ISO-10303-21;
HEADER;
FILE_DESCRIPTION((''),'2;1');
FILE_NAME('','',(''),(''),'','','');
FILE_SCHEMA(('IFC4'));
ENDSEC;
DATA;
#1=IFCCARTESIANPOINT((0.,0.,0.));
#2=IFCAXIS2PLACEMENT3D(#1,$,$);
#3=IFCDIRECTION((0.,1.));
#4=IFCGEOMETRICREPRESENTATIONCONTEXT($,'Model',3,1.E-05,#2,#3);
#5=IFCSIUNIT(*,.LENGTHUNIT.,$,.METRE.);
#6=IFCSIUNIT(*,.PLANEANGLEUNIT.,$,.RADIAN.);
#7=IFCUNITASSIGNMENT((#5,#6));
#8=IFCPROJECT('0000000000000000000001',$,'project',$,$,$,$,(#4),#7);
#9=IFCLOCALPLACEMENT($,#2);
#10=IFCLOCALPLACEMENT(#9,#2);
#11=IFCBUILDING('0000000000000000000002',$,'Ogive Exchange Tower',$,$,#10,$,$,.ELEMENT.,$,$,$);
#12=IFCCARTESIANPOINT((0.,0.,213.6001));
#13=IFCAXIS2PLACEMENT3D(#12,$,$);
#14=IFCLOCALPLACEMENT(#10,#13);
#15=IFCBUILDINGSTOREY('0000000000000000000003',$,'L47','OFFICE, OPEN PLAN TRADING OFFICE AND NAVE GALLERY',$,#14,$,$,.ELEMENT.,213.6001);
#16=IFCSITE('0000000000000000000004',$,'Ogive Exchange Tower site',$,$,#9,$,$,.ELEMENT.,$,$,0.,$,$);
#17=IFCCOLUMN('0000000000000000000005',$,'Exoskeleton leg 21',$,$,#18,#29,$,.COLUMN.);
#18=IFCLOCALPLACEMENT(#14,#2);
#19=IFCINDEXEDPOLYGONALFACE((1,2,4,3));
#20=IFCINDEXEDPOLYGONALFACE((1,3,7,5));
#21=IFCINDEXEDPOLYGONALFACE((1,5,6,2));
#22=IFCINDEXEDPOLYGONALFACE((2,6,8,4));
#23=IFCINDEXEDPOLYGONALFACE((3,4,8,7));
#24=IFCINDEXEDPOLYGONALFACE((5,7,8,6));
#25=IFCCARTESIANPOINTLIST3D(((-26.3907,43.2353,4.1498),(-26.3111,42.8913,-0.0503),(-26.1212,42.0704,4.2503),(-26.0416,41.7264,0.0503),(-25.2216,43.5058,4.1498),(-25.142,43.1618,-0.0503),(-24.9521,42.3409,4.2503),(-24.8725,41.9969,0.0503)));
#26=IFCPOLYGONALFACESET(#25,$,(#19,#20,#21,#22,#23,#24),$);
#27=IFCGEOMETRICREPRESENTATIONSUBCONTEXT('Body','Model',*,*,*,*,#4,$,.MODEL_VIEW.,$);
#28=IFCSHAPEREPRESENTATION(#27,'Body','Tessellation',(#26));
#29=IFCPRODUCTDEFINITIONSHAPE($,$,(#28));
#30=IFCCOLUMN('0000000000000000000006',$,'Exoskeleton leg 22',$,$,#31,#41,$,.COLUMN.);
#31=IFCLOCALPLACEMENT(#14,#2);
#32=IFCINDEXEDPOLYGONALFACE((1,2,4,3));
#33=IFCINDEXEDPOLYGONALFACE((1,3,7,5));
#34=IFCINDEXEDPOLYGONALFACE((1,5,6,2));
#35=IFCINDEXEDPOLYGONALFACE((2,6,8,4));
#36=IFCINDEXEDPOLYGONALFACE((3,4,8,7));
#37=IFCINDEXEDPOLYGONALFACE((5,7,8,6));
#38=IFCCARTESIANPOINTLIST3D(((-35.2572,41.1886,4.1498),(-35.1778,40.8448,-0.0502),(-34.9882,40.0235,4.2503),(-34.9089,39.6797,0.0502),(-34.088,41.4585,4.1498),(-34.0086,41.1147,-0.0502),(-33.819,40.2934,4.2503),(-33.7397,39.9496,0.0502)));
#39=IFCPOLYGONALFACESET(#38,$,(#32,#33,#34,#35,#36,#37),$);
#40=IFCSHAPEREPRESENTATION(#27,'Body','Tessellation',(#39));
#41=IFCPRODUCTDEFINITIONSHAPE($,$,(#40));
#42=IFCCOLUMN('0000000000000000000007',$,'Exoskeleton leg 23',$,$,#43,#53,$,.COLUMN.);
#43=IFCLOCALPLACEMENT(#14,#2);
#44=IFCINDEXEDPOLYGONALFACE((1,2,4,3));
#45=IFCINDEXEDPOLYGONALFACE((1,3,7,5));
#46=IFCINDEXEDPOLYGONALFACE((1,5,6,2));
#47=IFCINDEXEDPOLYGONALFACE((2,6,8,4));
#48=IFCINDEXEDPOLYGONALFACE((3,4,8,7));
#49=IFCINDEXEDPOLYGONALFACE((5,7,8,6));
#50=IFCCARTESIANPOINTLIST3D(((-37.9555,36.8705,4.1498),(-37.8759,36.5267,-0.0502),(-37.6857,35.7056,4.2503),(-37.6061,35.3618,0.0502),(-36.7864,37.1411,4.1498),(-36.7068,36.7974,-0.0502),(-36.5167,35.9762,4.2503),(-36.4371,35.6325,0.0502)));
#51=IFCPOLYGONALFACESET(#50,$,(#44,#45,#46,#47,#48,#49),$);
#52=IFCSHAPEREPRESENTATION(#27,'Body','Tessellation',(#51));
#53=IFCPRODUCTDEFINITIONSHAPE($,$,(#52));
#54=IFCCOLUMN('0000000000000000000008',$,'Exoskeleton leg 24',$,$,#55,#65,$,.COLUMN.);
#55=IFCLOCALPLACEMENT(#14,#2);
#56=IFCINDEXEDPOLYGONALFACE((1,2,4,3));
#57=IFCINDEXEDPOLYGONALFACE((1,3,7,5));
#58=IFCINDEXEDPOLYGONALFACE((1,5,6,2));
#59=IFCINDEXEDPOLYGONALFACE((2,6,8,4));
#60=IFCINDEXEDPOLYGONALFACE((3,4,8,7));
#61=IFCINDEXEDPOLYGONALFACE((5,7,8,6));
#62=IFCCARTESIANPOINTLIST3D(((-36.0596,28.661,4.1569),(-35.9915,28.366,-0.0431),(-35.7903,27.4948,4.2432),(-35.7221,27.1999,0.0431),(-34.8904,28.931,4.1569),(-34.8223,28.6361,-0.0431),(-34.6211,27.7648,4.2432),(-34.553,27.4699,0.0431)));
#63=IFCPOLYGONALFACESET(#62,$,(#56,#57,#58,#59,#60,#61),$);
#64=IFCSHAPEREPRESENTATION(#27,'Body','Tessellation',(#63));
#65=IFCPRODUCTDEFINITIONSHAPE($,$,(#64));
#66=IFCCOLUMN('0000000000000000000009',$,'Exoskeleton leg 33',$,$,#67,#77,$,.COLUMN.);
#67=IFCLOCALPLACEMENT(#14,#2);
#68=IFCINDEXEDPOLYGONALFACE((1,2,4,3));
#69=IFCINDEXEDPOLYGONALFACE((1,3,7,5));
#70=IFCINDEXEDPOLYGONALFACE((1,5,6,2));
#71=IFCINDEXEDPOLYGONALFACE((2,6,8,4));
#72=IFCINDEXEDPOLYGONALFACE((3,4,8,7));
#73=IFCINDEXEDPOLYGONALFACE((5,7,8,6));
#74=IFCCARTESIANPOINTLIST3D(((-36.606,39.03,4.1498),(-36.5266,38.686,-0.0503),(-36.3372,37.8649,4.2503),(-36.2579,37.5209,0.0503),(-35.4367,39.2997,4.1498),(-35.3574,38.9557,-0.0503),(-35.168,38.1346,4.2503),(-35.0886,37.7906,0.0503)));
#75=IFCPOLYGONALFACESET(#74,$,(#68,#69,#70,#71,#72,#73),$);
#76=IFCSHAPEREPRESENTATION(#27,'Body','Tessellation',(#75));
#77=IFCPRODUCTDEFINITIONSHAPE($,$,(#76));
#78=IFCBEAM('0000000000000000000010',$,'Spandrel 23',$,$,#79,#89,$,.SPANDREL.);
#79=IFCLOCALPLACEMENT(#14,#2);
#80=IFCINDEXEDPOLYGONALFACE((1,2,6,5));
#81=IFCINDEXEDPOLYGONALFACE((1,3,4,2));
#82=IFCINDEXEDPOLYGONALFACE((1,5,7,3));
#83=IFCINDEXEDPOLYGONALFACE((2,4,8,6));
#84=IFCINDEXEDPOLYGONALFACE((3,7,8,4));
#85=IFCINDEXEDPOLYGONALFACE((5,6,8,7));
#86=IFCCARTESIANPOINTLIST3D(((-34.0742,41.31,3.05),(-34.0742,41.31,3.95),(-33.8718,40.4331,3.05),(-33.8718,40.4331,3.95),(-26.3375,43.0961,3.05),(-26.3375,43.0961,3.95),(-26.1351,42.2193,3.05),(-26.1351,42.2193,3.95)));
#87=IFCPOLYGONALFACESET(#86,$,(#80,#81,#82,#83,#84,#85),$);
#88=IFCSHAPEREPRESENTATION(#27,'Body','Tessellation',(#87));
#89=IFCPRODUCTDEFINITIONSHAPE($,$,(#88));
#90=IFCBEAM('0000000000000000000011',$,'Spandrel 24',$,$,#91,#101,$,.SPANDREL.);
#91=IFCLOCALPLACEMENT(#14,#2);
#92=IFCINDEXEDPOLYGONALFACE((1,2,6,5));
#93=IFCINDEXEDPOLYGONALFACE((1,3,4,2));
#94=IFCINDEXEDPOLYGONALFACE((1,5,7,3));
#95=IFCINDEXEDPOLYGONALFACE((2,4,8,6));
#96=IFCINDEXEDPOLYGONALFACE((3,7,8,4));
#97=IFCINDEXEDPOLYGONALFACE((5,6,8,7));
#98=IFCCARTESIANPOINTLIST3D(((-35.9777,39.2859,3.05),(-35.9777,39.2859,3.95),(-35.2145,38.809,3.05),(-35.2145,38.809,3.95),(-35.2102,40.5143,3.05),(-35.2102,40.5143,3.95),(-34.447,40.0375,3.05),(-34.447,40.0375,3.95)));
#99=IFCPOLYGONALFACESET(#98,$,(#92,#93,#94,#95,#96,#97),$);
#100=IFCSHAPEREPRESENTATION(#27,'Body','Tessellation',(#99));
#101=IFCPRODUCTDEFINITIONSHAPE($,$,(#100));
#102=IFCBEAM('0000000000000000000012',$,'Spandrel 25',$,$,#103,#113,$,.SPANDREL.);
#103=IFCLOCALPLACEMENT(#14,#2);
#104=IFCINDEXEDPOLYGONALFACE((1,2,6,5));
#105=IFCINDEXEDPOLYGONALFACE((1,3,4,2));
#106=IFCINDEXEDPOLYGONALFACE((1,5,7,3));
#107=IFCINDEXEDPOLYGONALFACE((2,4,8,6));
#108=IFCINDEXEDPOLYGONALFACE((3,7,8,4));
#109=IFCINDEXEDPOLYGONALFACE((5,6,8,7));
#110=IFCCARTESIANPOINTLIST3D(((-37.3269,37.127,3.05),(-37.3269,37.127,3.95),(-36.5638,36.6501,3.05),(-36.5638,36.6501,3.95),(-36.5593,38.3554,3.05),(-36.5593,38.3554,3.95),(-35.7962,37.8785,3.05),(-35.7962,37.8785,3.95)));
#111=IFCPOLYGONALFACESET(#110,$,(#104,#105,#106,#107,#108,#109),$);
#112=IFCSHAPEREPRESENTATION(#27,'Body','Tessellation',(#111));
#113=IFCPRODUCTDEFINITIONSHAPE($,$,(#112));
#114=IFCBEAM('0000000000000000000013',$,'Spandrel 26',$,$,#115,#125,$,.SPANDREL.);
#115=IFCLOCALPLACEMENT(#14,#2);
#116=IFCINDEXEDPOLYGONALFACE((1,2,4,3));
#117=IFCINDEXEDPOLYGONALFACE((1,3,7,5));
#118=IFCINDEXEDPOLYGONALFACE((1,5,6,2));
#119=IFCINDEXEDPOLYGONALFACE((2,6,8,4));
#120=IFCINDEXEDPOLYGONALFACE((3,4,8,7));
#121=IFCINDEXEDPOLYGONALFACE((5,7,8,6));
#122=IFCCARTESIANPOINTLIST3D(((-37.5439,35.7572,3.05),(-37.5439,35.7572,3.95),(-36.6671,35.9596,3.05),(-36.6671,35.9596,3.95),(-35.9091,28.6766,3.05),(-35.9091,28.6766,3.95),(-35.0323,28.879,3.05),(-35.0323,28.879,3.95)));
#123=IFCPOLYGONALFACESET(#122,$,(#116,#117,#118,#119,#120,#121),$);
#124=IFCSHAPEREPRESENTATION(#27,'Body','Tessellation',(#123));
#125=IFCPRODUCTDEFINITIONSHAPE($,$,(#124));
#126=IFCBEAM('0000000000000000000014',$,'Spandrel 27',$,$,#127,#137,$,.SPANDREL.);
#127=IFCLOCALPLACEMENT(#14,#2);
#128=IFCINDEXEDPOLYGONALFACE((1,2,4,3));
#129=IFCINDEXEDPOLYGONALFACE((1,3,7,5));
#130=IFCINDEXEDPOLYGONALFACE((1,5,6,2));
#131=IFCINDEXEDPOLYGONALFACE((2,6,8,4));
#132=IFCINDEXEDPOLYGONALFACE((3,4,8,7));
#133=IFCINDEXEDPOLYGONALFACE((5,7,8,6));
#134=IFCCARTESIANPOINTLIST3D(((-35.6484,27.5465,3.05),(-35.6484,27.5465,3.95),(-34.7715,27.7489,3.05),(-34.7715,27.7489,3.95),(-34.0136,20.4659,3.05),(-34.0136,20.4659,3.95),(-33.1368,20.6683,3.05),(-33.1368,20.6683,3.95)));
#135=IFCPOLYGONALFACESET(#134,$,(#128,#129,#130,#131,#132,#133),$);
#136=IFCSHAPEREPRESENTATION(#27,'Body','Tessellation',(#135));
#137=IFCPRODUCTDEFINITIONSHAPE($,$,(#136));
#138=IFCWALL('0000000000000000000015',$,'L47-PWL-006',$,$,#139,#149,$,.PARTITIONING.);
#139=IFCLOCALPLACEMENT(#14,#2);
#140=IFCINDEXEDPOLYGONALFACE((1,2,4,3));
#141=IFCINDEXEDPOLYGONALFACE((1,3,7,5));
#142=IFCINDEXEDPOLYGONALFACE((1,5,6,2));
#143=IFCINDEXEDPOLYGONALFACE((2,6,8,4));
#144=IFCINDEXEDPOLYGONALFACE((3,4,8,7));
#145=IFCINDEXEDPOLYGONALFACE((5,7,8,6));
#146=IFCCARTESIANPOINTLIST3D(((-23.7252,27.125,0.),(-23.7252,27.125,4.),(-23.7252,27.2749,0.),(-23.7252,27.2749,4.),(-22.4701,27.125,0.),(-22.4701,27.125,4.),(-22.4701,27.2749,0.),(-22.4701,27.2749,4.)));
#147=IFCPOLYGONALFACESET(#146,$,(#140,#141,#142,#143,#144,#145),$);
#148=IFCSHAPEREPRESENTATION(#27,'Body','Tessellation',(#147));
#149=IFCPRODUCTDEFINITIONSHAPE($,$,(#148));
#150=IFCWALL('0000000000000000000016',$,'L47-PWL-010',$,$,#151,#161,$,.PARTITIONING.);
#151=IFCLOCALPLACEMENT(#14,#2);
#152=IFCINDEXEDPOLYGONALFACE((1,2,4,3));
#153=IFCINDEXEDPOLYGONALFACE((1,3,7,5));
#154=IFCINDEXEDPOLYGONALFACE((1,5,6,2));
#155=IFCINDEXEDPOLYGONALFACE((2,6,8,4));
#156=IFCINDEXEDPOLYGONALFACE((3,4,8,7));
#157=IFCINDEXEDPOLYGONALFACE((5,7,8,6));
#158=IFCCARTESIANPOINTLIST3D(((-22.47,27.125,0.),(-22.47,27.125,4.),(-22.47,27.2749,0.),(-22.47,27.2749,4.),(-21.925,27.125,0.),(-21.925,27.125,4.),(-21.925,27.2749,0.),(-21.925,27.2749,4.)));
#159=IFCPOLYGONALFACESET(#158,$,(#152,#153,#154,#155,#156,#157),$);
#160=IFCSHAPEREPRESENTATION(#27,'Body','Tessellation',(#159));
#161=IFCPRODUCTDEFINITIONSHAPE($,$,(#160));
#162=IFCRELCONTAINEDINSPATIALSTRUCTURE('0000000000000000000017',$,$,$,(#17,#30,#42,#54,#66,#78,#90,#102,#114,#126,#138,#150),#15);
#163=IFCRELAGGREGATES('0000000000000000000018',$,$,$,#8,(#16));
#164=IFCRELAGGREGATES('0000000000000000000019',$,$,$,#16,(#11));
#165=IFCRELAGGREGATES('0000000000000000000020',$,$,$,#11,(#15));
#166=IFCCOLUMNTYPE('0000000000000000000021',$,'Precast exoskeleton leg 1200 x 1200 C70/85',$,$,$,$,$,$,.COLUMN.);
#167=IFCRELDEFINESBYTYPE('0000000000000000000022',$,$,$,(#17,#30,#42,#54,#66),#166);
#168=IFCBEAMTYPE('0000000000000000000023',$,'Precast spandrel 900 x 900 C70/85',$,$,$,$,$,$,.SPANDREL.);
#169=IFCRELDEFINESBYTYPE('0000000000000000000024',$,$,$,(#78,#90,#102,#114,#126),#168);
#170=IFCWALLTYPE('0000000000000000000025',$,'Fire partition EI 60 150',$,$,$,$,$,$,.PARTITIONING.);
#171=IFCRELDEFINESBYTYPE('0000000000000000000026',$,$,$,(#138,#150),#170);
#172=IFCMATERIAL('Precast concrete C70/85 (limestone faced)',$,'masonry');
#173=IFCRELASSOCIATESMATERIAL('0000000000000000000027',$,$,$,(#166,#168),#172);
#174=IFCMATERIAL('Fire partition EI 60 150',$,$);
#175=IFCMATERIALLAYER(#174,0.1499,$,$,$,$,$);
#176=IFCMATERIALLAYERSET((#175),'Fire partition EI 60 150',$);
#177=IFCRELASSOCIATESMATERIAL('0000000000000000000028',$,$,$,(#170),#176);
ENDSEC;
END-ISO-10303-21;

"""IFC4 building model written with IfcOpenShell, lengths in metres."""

from ifc_helpers import new_model, si_unit, direction, frame, frame_2d, origin, origin_2d, place, context, subcontext, project, spatial, rectangle, extrude, material, layer, layer_set, material_profile, profile_set, type_object, element, save


model = new_model("IFC4")

# Units and contexts
model_context = context("Model", 3, precision=1e-05, world=origin(), true_north=direction((0.0, 1.0)))
body_context = subcontext(model_context, "Body", "Model", "MODEL_VIEW")
ifc_project = project(units=[si_unit("LENGTHUNIT", "METRE"), si_unit("PLANEANGLEUNIT", "RADIAN")], contexts=[model_context])

# Site, building, storey
site_placement = place(None, origin())
site = spatial("IfcSite", under=ifc_project, at=site_placement, Name="Ogive Exchange Tower site", CompositionType="ELEMENT", RefElevation=0.0)
building_placement = place(site_placement, origin())
building = spatial("IfcBuilding", under=site, at=building_placement, Name="Ogive Exchange Tower", CompositionType="ELEMENT")
storey_placement = place(building_placement, frame((0.0, 0.0, 213.6001)))
storey = spatial("IfcBuildingStorey", under=building, at=storey_placement, Name="L47", Description="OFFICE, OPEN PLAN TRADING OFFICE AND NAVE GALLERY", CompositionType="ELEMENT", Elevation=213.6001)

# Columns
ifc_material_1 = material(Name="Precast concrete C70/85 (limestone faced)", Category="masonry")
ifc_material_profile_1 = material_profile(ifc_material_1, rectangle(XDim=1.2, YDim=1.2, at=origin_2d()), Name="1200 x 1200")
ifc_profile_set_1 = profile_set([ifc_material_profile_1], Name="Precast concrete C70/85 (limestone faced)")
column_type = type_object("IfcColumnType", Name="Precast exoskeleton leg 1200 x 1200 C70/85", PredefinedType="COLUMN", material=ifc_profile_set_1)
for number, where, z_axis, x_axis, name in (
    (1, (-25.5918, 42.4441, 0.0), (-0.018884, 0.081616, 0.996485), (-0.974263, -0.225415, 0.0), "Exoskeleton leg 21"),
    (2, (-34.4587, 40.3972, 0.0), (-0.018826, 0.081559, 0.996491), (-0.97438, -0.22491, 0.0), "Exoskeleton leg 22"),
    (3, (-37.1565, 36.0796, 0.0), (-0.018884, 0.081559, 0.99649), (-0.974228, -0.225567, 0.0), "Exoskeleton leg 23"),
):
    element("IfcColumn", number, at=place(storey_placement, frame(where, z_axis=z_axis, x_axis=x_axis)), inside=storey, type_object=column_type, Name=name, PredefinedType="COLUMN", context=body_context, shape_type="SweptSolid", body=[
        extrude(rectangle(XDim=1.2, YDim=1.2, at=origin_2d()), origin(), (0.0, 0.0, 1.0), 4.2148),
    ])
column_1_placement = place(storey_placement, frame((-35.2722, 27.918, 0.0), z_axis=(-0.016176, 0.070039, 0.997413), x_axis=(-0.97435, -0.225036, 0.0)))
element("IfcColumn", 4, at=column_1_placement, inside=storey, type_object=column_type, Name="Exoskeleton leg 24", PredefinedType="COLUMN", context=body_context, shape_type="SweptSolid", body=[
    extrude(rectangle(XDim=1.2, YDim=1.2, at=origin_2d()), origin(), (0.0, 0.0, 1.0), 4.2109),
])
column_2_placement = place(storey_placement, frame((-35.8076, 38.2383, 0.0), z_axis=(-0.018826, 0.081617, 0.996486), x_axis=(-0.974415, -0.224758, 0.0)))
element("IfcColumn", 5, at=column_2_placement, inside=storey, type_object=column_type, Name="Exoskeleton leg 33", PredefinedType="COLUMN", context=body_context, shape_type="SweptSolid", body=[
    extrude(rectangle(XDim=1.2, YDim=1.2, at=origin_2d()), origin(), (0.0, 0.0, 1.0), 4.2148),
])

# Beams
ifc_material_profile_2 = material_profile(ifc_material_1, rectangle(XDim=0.8999, YDim=0.8999, at=origin_2d()), Name="900 x 900")
ifc_profile_set_2 = profile_set([ifc_material_profile_2], Name="Precast concrete C70/85 (limestone faced)")
beam_type = type_object("IfcBeamType", Name="Precast spandrel 900 x 900 C70/85", PredefinedType="SPANDREL", material=ifc_profile_set_2)
beam_placement = place(storey_placement, frame((-26.2363, 42.6577, 3.5), z_axis=(-0.97437, -0.224952, 0.0), x_axis=(0.224952, -0.97437, 0.0)))
element("IfcBeam", 6, at=beam_placement, inside=storey, type_object=beam_type, Name="Spandrel 23", PredefinedType="SPANDREL", context=body_context, shape_type="SweptSolid", body=[
    extrude(rectangle(XDim=0.8999, YDim=0.8999, at=origin_2d()), origin(), (0.0, 0.0, 1.0), 7.9402),
])
for number, where, z_axis, x_axis, name in (
    (7, (-34.8286, 40.2759, 3.5), (-0.529878, -0.848074, 0.0), (0.848074, -0.529878, 0.0), "Spandrel 24"),
    (8, (-36.1777, 38.1169, 3.5), (-0.529953, -0.848027, 0.0), (0.848027, -0.529953, 0.0), "Spandrel 25"),
):
    element("IfcBeam", number, at=place(storey_placement, frame(where, z_axis=z_axis, x_axis=x_axis)), inside=storey, type_object=beam_type, Name=name, PredefinedType="SPANDREL", context=body_context, shape_type="SweptSolid", body=[
        extrude(rectangle(XDim=0.8999, YDim=0.8999, at=origin_2d()), origin(), (0.0, 0.0, 1.0), 1.4485),
    ])
for number, where, z_axis, x_axis, name in (
    (9, (-37.1055, 35.8584, 3.5), (0.224963, -0.974367, 0.0), (0.974367, 0.224963, 0.0), "Spandrel 26"),
    (10, (-35.21, 27.6477, 3.5), (0.224963, -0.974367, 0.0), (0.974367, 0.224963, 0.0), "Spandrel 27"),
):
    element("IfcBeam", number, at=place(storey_placement, frame(where, z_axis=z_axis, x_axis=x_axis)), inside=storey, type_object=beam_type, Name=name, PredefinedType="SPANDREL", context=body_context, shape_type="SweptSolid", body=[
        extrude(rectangle(XDim=0.8999, YDim=0.8999, at=origin_2d()), origin(), (0.0, 0.0, 1.0), 7.2668),
    ])

# Walls
ifc_material_2 = material(Name="Fire partition EI 60 150")
ifc_layer_1 = layer(ifc_material_2, 0.1499)
ifc_layer_set_1 = layer_set([ifc_layer_1], Name="Fire partition EI 60 150")
wall_type_1 = type_object("IfcWallType", Name="Fire partition EI 60 150", PredefinedType="PARTITIONING", material=ifc_layer_set_1)
wall_1_placement = place(storey_placement, frame((-23.7251, 27.2, 0.0), z_axis=(0.0, 0.0, 1.0), x_axis=(1.0, 0.0, 0.0)))
element("IfcWall", 11, at=wall_1_placement, inside=storey, type_object=wall_type_1, Name="L47-PWL-006", PredefinedType="PARTITIONING", context=body_context, shape_type="SweptSolid", body=[
    extrude(rectangle(XDim=1.2551, YDim=0.1499, at=frame_2d((0.6274, 0.0))), origin(), (0.0, 0.0, 1.0), 4.0),
])
wall_2_placement = place(storey_placement, frame((-22.47, 27.2, 0.0), z_axis=(0.0, 0.0, 1.0), x_axis=(1.0, 0.0, 0.0)))
element("IfcWall", 12, at=wall_2_placement, inside=storey, type_object=wall_type_1, Name="L47-PWL-010", PredefinedType="PARTITIONING", context=body_context, shape_type="SweptSolid", body=[
    extrude(rectangle(XDim=0.5449, YDim=0.1499, at=frame_2d((0.2725, 0.0))), origin(), (0.0, 0.0, 1.0), 4.0),
])

save(model, "model.ifc")
